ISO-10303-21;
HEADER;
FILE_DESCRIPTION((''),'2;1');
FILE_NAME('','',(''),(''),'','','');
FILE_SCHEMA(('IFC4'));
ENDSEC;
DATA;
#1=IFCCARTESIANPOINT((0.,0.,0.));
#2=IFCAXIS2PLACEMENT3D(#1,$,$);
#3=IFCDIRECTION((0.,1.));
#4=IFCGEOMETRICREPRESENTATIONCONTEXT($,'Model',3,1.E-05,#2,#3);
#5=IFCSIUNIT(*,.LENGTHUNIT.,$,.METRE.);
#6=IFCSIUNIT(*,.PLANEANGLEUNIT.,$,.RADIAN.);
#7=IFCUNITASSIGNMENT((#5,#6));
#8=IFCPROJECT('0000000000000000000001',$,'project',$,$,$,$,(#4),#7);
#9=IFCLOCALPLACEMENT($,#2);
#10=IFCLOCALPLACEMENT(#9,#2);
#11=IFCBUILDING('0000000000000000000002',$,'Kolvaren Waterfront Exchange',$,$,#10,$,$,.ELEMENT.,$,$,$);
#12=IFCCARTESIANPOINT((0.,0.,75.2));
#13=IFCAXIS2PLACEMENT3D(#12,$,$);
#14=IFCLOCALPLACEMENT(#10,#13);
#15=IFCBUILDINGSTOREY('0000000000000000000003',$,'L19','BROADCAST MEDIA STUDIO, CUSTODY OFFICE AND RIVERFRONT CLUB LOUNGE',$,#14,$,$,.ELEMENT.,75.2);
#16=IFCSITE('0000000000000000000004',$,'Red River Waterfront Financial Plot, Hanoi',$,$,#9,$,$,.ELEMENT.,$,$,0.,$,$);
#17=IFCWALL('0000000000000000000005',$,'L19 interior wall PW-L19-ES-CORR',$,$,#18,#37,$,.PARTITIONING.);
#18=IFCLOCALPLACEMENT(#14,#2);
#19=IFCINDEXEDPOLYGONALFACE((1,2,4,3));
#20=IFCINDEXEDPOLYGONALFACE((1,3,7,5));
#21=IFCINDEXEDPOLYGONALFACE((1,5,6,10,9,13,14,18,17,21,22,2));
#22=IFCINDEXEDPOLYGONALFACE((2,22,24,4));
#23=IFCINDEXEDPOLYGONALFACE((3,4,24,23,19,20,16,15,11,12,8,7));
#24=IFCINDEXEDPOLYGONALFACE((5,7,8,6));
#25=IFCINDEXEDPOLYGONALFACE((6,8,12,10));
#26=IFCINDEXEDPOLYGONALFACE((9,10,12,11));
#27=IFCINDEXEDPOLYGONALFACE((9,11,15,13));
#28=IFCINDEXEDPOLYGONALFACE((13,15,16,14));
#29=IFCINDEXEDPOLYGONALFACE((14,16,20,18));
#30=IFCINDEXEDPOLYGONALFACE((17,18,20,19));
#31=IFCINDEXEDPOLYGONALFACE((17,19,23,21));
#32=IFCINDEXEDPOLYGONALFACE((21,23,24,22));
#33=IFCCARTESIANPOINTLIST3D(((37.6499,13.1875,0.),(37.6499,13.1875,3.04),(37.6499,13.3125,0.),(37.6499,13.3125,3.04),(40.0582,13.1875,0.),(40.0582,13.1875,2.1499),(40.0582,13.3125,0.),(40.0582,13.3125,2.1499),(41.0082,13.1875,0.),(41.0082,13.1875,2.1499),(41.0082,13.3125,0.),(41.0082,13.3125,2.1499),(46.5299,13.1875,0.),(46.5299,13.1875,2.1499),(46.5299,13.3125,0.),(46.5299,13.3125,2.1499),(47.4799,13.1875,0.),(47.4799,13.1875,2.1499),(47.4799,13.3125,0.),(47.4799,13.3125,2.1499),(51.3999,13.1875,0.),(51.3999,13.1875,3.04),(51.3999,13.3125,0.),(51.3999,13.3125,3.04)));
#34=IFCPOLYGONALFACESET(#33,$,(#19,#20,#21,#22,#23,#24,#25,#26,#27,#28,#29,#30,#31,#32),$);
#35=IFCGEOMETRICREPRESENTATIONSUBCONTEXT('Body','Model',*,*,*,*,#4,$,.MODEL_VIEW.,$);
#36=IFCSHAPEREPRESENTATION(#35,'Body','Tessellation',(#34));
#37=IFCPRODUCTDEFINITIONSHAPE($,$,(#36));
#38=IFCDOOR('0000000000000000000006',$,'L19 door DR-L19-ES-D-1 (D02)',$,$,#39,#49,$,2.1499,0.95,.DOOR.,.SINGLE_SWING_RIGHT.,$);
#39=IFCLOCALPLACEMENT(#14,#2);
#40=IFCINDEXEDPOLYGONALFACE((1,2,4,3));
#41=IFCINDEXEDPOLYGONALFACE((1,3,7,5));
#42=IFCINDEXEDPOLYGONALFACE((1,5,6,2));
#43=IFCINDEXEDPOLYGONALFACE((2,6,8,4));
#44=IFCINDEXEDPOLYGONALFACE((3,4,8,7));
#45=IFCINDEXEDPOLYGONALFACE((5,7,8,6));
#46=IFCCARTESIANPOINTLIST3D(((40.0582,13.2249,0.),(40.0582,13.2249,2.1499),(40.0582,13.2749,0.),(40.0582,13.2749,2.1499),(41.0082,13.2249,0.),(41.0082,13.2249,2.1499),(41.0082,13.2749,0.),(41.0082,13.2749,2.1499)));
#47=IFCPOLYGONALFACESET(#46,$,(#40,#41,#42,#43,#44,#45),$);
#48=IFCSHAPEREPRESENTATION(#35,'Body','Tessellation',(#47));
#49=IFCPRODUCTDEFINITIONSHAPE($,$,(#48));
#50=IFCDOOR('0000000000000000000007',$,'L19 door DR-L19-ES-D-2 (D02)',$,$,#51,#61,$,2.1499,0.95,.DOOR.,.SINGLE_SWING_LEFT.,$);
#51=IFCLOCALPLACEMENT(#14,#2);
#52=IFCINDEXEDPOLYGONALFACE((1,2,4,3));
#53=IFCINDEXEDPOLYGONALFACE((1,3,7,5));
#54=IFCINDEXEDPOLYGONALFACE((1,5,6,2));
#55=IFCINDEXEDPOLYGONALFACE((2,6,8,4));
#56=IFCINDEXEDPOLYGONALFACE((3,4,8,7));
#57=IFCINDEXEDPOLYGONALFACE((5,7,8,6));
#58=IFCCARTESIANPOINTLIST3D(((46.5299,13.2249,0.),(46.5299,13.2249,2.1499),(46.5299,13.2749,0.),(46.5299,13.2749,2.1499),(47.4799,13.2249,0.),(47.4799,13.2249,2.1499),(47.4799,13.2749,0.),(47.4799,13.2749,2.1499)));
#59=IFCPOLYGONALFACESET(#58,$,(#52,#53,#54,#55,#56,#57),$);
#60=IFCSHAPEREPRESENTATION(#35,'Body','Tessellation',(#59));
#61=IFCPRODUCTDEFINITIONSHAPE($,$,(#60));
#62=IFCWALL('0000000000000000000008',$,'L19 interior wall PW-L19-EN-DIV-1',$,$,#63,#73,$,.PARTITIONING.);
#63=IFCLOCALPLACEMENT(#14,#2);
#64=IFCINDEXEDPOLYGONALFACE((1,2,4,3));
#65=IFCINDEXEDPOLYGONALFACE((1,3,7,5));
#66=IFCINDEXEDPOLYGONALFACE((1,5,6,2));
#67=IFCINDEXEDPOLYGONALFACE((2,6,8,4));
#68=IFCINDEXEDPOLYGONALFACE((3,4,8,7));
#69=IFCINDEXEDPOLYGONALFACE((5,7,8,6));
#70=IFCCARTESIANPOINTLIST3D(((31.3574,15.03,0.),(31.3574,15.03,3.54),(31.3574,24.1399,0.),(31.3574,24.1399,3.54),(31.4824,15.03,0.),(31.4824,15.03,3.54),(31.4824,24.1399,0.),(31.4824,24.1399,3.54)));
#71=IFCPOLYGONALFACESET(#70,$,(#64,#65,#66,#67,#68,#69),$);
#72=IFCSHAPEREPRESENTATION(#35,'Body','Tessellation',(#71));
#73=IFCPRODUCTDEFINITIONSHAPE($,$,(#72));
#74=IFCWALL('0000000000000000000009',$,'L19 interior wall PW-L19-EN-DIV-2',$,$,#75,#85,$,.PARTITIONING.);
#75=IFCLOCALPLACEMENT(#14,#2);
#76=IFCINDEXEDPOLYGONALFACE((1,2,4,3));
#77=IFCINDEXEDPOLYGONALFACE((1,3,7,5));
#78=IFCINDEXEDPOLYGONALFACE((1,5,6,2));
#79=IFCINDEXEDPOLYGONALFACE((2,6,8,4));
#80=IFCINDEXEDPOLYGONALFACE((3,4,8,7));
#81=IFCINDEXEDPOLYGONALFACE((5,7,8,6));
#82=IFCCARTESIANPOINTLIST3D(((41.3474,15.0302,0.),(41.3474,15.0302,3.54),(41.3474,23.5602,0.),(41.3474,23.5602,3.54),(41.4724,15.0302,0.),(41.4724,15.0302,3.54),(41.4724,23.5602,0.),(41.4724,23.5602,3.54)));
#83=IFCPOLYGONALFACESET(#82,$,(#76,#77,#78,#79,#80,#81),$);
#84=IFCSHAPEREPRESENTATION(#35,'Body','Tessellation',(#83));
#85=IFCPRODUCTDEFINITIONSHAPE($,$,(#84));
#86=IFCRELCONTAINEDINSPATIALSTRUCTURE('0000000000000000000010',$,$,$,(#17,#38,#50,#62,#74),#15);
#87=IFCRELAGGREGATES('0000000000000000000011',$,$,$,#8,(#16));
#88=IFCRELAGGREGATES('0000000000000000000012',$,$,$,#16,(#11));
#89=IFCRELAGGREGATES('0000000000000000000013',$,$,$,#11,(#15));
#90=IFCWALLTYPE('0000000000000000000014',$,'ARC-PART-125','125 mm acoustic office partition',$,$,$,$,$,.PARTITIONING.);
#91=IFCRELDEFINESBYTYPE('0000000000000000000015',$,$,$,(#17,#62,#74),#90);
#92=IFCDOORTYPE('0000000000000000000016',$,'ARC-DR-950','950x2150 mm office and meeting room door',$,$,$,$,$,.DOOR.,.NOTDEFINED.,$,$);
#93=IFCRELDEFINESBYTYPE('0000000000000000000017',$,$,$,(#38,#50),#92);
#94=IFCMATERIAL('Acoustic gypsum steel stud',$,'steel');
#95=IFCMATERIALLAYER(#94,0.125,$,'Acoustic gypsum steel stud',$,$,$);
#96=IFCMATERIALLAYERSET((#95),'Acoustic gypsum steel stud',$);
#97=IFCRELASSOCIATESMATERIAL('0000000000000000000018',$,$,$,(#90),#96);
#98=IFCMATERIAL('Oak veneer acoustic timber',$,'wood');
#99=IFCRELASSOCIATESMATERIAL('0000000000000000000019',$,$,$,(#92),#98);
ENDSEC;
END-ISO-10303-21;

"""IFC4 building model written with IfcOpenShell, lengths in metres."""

from ifc_helpers import new_model, si_unit, direction, frame, frame_2d, origin, place, context, subcontext, project, spatial, rectangle, extrude, material, layer, layer_set, type_object, element, fill, save


model = new_model("IFC4")

# Units and contexts
model_context = context("Model", 3, precision=1e-05, world=origin(), true_north=direction((0.0, 1.0)))
body_context = subcontext(model_context, "Body", "Model", "MODEL_VIEW")
ifc_project = project(units=[si_unit("LENGTHUNIT", "METRE"), si_unit("PLANEANGLEUNIT", "RADIAN")], contexts=[model_context])

# Site, building, storey
site_placement = place(None, origin())
site = spatial("IfcSite", under=ifc_project, at=site_placement, Name="Red River Waterfront Financial Plot, Hanoi", CompositionType="ELEMENT", RefElevation=0.0)
building_placement = place(site_placement, origin())
building = spatial("IfcBuilding", under=site, at=building_placement, Name="Kolvaren Waterfront Exchange", CompositionType="ELEMENT")
storey_placement = place(building_placement, frame((0.0, 0.0, 75.2)))
storey = spatial("IfcBuildingStorey", under=building, at=storey_placement, Name="L19", Description="BROADCAST MEDIA STUDIO, CUSTODY OFFICE AND RIVERFRONT CLUB LOUNGE", CompositionType="ELEMENT", Elevation=75.2)

# Wall, openings, doors
ifc_material_1 = material(Name="Acoustic gypsum steel stud", Category="steel")
ifc_layer_1 = layer(ifc_material_1, 0.125, Name="Acoustic gypsum steel stud")
ifc_layer_set_1 = layer_set([ifc_layer_1], Name="Acoustic gypsum steel stud")
wall_type_1 = type_object("IfcWallType", Name="ARC-PART-125", Description="125 mm acoustic office partition", PredefinedType="PARTITIONING", material=ifc_layer_set_1)
wall_1_placement = place(storey_placement, frame((37.6499, 13.25, 0.0), z_axis=(0.0, 0.0, 1.0), x_axis=(1.0, 0.0, 0.0)))
wall_1 = element("IfcWall", 1, at=wall_1_placement, inside=storey, type_object=wall_type_1, Name="L19 interior wall PW-L19-ES-CORR", PredefinedType="PARTITIONING", context=body_context, shape_type="SweptSolid", body=[
    extrude(rectangle(XDim=13.75, YDim=0.125, at=frame_2d((6.875, 0.0))), origin(), (0.0, 0.0, 1.0), 3.04),
])
opening_1_placement = place(wall_1_placement, frame((2.4082, 0.0, 0.0)))
opening_1 = element("IfcOpeningElement", 2, at=opening_1_placement, cuts=wall_1, PredefinedType="OPENING", context=body_context, shape_type="SweptSolid", body=[
    extrude(rectangle(XDim=0.95, YDim=2.1499, at=frame_2d((0.4751, 1.075))), frame((0.0, 0.0725, 0.0), z_axis=(0.0, -1.0, 0.0), x_axis=(1.0, 0.0, 0.0)), (0.0, 0.0, 1.0), 0.145),
])
opening_2_placement = place(wall_1_placement, frame((8.8799, 0.0, 0.0)))
opening_2 = element("IfcOpeningElement", 3, at=opening_2_placement, cuts=wall_1, PredefinedType="OPENING", context=body_context, shape_type="SweptSolid", body=[
    extrude(rectangle(XDim=0.95, YDim=2.1499, at=frame_2d((0.4751, 1.075))), frame((0.0, 0.0725, 0.0), z_axis=(0.0, -1.0, 0.0), x_axis=(1.0, 0.0, 0.0)), (0.0, 0.0, 1.0), 0.145),
])
ifc_material_2 = material(Name="Oak veneer acoustic timber", Category="wood")
door_type_1 = type_object("IfcDoorType", Name="ARC-DR-950", Description="950x2150 mm office and meeting room door", OperationType="NOTDEFINED", PredefinedType="DOOR", material=ifc_material_2)
door_1_placement = place(opening_1_placement, origin())
door_1 = element("IfcDoor", 4, at=door_1_placement, inside=storey, type_object=door_type_1, Name="L19 door DR-L19-ES-D-1 (D02)", OperationType="SINGLE_SWING_RIGHT", OverallHeight=2.1499, OverallWidth=0.95, PredefinedType="DOOR", context=body_context, shape_type="SweptSolid", body=[
    extrude(rectangle(XDim=0.95, YDim=2.1499, at=frame_2d((0.4751, 1.075))), frame((0.0, 0.0249, 0.0), z_axis=(0.0, -1.0, 0.0), x_axis=(1.0, 0.0, 0.0)), (0.0, 0.0, 1.0), 0.05),
])
fill(opening_1, door_1)
door_2_placement = place(opening_2_placement, origin())
door_2 = element("IfcDoor", 5, at=door_2_placement, inside=storey, type_object=door_type_1, Name="L19 door DR-L19-ES-D-2 (D02)", OperationType="SINGLE_SWING_LEFT", OverallHeight=2.1499, OverallWidth=0.95, PredefinedType="DOOR", context=body_context, shape_type="SweptSolid", body=[
    extrude(rectangle(XDim=0.95, YDim=2.1499, at=frame_2d((0.4751, 1.075))), frame((0.0, 0.0249, 0.0), z_axis=(0.0, -1.0, 0.0), x_axis=(1.0, 0.0, 0.0)), (0.0, 0.0, 1.0), 0.05),
])
fill(opening_2, door_2)

# Walls
wall_2_placement = place(storey_placement, frame((31.4199, 15.03, 0.0), z_axis=(0.0, 0.0, 1.0), x_axis=(0.0, 1.0, 0.0)))
element("IfcWall", 6, at=wall_2_placement, inside=storey, type_object=wall_type_1, Name="L19 interior wall PW-L19-EN-DIV-1", PredefinedType="PARTITIONING", context=body_context, shape_type="SweptSolid", body=[
    extrude(rectangle(XDim=9.1099, YDim=0.125, at=frame_2d((4.5549, 0.0))), origin(), (0.0, 0.0, 1.0), 3.54),
])
wall_3_placement = place(storey_placement, frame((41.4099, 15.03, 0.0), z_axis=(0.0, 0.0, 1.0), x_axis=(0.0, 1.0, 0.0)))
element("IfcWall", 7, at=wall_3_placement, inside=storey, type_object=wall_type_1, Name="L19 interior wall PW-L19-EN-DIV-2", PredefinedType="PARTITIONING", context=body_context, shape_type="SweptSolid", body=[
    extrude(rectangle(XDim=8.53, YDim=0.125, at=frame_2d((4.2651, 0.0))), origin(), (0.0, 0.0, 1.0), 3.54),
])

save(model, "model.ifc")
